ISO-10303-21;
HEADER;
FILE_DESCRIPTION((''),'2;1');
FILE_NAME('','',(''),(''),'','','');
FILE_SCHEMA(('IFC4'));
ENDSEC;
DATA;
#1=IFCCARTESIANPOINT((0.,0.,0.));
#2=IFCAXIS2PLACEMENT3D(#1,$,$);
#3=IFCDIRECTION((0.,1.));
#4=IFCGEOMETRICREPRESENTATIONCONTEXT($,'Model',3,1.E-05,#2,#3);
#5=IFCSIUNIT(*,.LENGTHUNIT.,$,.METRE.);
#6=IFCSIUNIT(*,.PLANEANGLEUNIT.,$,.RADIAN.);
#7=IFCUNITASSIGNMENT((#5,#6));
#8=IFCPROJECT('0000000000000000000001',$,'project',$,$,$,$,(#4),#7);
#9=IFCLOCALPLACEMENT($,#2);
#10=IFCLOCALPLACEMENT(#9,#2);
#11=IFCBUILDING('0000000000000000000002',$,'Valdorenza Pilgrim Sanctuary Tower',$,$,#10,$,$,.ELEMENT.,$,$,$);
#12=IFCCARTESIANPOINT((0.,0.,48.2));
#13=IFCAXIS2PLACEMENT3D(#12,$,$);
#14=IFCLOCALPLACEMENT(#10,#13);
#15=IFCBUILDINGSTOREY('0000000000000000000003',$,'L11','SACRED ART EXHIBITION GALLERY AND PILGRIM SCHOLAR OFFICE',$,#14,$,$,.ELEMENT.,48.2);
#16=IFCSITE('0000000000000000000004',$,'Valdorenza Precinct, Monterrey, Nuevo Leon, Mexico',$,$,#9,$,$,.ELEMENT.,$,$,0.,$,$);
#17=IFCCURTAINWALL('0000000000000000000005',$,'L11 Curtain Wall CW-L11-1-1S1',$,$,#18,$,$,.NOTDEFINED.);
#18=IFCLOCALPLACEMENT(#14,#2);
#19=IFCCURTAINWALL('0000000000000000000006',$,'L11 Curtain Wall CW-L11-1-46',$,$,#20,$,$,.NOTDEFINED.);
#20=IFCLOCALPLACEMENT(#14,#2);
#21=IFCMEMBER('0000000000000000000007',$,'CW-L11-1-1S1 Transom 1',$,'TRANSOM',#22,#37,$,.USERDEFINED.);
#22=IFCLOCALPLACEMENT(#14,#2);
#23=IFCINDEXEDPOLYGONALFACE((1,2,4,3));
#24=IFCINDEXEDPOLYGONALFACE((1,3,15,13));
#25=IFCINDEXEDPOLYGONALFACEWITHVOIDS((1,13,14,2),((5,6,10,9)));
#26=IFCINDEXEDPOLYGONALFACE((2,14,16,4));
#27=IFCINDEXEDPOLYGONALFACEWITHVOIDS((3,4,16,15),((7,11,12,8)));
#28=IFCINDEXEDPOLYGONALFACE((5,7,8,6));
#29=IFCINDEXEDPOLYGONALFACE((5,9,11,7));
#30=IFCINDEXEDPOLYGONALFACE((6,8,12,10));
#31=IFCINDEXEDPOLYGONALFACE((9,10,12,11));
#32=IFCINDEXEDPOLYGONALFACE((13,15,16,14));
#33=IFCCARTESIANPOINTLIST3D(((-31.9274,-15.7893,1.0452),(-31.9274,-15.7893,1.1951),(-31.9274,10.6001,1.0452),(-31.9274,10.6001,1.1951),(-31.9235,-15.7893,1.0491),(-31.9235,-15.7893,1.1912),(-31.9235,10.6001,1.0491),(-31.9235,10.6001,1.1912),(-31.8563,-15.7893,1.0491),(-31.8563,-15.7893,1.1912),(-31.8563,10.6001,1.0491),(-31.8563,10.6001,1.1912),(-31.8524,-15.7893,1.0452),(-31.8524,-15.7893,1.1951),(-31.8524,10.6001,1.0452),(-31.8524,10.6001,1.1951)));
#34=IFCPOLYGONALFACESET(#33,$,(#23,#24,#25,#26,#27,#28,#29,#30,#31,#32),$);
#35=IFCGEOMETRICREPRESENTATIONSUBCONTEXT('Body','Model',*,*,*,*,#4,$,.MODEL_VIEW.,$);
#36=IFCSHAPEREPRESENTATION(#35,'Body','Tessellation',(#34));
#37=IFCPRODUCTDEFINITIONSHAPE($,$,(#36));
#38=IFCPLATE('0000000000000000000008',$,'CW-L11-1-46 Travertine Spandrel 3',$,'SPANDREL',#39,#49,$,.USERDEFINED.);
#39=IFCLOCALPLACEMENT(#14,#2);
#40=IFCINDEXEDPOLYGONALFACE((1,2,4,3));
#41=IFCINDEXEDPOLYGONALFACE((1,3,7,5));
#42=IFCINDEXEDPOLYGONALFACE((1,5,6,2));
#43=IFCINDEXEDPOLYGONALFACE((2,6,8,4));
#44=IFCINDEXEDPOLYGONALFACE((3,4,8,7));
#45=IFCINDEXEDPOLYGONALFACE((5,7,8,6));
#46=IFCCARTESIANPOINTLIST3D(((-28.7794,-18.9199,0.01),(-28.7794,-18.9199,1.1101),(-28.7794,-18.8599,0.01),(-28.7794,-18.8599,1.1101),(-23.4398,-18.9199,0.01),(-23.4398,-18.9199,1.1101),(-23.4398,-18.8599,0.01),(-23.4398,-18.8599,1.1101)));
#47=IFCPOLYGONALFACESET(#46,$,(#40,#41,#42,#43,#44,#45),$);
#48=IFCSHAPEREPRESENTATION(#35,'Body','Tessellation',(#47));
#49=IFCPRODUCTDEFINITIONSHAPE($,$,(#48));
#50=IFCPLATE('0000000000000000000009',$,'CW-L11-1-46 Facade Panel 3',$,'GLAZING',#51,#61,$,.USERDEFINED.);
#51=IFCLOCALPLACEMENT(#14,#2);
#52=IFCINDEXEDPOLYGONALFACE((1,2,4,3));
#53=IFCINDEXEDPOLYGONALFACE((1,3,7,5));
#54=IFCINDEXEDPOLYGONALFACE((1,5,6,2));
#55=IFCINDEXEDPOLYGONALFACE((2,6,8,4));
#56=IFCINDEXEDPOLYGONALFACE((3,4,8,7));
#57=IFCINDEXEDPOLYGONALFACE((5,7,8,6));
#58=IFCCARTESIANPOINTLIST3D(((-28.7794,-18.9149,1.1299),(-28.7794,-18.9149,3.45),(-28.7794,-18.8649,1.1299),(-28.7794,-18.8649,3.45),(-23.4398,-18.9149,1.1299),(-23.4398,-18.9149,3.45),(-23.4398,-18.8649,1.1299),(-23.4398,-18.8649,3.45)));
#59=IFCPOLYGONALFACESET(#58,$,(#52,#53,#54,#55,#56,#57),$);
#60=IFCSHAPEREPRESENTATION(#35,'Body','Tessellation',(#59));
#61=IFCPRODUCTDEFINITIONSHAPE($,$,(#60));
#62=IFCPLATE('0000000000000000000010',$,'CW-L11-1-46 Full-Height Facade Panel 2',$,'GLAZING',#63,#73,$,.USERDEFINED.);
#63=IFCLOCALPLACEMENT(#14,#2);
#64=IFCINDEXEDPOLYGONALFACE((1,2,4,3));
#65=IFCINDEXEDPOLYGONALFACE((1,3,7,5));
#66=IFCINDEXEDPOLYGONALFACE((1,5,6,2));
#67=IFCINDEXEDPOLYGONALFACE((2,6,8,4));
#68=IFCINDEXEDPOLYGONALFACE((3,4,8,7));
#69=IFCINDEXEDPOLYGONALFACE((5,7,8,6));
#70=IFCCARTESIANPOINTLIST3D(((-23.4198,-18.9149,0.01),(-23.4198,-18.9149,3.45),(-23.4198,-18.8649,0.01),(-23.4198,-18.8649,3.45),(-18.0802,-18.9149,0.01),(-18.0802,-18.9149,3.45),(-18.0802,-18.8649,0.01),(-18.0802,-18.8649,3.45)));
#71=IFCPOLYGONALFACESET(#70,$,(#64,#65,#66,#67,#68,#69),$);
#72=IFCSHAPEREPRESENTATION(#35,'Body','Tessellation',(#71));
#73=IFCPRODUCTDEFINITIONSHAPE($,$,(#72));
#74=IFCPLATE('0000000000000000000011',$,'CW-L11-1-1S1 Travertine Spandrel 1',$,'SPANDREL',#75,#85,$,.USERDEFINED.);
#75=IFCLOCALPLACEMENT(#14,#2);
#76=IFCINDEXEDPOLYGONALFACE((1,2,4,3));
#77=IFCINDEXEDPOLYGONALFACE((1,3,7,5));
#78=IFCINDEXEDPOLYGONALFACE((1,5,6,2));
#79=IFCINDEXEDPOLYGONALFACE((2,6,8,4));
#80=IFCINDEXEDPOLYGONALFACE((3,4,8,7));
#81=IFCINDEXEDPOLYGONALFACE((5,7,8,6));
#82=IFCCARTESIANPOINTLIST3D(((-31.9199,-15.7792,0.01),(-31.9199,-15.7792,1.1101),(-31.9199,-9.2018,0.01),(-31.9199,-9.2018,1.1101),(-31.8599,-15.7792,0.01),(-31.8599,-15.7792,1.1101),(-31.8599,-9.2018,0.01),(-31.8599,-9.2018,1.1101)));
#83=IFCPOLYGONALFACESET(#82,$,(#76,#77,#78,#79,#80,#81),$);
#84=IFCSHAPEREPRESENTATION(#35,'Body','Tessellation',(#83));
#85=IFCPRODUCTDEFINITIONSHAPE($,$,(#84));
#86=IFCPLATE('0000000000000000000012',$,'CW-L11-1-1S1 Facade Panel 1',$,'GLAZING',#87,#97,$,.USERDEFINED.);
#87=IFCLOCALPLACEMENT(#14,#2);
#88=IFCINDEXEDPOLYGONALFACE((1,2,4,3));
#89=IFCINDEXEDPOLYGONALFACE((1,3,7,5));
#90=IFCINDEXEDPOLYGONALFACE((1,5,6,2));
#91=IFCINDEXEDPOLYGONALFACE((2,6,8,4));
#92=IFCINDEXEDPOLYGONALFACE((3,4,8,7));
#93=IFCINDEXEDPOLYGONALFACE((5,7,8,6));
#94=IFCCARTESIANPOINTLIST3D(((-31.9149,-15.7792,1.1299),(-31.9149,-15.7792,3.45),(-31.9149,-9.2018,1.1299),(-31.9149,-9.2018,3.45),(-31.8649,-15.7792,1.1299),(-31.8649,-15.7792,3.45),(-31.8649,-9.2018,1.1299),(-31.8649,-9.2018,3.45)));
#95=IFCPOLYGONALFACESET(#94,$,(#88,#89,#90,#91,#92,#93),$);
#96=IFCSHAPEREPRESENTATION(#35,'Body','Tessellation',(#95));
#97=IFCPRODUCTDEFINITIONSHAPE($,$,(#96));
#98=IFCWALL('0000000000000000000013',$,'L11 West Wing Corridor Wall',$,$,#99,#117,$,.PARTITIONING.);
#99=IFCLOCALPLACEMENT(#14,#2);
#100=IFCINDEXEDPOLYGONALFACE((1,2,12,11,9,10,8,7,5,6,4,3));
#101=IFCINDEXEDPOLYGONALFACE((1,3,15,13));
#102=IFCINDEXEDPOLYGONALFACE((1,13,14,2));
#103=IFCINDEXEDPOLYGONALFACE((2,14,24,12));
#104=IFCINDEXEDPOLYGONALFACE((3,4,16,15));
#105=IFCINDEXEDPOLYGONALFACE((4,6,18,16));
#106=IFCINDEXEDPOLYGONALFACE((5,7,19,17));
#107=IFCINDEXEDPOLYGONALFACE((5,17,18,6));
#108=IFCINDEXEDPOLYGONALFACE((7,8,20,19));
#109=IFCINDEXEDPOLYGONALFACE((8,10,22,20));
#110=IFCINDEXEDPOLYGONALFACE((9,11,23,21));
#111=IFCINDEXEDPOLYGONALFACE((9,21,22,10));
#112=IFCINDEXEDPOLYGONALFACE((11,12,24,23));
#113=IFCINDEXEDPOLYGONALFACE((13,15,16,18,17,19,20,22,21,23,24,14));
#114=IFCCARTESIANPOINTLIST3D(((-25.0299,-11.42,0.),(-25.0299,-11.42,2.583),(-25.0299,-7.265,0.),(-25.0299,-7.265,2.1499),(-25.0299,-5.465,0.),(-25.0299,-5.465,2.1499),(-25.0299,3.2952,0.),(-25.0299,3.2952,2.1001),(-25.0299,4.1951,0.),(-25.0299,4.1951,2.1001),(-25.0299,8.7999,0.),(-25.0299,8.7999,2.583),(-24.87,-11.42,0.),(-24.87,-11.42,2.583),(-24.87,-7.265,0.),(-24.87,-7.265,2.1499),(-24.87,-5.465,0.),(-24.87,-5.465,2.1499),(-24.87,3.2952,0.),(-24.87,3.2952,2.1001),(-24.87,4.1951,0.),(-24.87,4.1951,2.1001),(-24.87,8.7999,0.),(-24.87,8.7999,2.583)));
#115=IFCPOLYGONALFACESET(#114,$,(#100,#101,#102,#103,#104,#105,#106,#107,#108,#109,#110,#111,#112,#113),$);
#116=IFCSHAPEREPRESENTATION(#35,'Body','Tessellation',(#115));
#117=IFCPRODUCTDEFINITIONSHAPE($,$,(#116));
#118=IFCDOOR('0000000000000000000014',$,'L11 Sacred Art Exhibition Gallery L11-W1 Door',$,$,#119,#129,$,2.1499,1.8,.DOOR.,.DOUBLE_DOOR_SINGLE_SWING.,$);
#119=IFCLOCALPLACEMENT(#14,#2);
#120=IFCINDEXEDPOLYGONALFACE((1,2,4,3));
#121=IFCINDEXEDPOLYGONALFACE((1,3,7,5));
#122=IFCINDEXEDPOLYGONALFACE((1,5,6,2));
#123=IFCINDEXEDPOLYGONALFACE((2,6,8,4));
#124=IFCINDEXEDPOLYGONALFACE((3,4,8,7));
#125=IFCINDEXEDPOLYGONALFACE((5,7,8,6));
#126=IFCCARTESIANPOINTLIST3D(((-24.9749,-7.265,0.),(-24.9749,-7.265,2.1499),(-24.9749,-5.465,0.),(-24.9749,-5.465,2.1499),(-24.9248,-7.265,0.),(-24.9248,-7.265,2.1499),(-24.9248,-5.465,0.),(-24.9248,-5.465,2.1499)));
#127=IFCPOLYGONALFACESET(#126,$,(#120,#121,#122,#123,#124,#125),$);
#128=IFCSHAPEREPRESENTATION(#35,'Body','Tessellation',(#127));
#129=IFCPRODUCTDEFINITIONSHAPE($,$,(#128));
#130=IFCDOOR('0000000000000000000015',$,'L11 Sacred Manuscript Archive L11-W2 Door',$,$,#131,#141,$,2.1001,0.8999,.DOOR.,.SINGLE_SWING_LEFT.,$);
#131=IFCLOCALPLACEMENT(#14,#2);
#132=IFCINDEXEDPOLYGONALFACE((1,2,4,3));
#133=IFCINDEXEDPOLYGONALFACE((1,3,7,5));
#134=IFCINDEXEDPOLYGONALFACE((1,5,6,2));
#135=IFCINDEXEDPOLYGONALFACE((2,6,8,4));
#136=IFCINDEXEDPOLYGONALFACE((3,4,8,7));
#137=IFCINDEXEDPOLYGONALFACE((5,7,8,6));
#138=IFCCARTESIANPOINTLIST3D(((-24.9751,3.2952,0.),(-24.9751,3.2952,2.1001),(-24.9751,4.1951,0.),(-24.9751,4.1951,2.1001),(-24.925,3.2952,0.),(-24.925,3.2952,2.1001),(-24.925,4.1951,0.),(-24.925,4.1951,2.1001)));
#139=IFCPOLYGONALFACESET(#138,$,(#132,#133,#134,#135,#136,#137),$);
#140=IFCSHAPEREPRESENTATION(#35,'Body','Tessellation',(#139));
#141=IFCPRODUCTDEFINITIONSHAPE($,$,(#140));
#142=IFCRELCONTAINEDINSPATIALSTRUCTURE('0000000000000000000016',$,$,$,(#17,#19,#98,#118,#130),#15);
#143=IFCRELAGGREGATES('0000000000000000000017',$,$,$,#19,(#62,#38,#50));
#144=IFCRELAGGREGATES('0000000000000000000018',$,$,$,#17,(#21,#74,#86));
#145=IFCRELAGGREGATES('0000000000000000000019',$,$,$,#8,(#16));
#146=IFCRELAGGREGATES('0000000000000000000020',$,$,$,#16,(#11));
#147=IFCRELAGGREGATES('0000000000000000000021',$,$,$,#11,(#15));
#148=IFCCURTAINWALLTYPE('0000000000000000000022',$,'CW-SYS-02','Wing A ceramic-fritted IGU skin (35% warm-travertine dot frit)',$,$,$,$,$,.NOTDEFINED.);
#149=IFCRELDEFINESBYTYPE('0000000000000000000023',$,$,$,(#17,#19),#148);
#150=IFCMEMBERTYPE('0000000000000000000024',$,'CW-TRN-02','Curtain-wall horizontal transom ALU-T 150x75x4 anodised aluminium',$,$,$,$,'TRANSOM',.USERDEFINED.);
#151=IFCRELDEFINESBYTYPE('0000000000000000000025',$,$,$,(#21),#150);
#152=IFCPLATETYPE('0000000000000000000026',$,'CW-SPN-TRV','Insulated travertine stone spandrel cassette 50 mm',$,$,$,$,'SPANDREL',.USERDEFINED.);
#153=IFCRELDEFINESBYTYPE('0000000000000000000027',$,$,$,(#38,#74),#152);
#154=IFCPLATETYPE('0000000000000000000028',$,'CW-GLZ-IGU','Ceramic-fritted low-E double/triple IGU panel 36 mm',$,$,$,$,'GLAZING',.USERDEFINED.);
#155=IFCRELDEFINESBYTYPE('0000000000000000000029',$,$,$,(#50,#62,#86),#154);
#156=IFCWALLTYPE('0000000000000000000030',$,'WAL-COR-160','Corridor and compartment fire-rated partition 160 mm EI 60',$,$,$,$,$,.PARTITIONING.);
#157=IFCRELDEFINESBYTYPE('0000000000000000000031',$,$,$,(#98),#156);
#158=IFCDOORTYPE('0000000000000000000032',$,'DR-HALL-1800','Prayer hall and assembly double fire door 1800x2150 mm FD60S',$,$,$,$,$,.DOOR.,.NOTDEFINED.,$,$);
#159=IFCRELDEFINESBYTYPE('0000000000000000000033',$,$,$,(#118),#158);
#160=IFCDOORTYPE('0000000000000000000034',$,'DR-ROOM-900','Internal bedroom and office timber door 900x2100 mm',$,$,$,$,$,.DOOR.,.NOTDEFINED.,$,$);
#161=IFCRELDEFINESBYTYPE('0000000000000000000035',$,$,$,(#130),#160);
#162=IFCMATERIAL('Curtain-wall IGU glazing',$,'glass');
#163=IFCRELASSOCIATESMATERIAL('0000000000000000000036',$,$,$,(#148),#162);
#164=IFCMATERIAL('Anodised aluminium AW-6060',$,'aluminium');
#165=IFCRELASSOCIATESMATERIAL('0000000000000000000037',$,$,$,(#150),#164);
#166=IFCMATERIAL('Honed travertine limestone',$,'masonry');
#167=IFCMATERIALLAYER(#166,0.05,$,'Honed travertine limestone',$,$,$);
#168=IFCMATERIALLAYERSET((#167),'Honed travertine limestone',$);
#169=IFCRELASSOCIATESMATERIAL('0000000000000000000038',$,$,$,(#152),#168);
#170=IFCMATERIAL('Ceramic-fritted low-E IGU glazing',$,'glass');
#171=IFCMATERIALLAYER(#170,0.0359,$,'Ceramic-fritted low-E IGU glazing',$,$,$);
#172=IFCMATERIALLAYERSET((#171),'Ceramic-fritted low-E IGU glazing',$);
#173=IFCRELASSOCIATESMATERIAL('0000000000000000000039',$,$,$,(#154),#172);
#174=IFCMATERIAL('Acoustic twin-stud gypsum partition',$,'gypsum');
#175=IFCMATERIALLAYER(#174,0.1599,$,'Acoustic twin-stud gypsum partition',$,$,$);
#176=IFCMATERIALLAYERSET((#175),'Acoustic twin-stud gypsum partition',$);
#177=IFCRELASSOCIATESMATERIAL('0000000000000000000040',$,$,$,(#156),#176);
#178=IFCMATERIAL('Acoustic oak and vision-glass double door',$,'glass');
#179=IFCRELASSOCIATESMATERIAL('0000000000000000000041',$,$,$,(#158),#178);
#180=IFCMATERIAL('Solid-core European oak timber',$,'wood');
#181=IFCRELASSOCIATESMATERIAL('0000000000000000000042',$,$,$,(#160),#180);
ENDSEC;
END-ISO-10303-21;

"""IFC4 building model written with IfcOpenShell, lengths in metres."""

from ifc_helpers import new_model, si_unit, direction, frame, frame_2d, origin, origin_2d, place, context, subcontext, project, spatial, rectangle, hollow_rectangle, extrude, source, transform, mapped, material, layer, layer_set, material_profile, profile_set, type_object, element, fill, aggregate, save


model = new_model("IFC4")

# Units and contexts
model_context = context("Model", 3, precision=1e-05, world=origin(), true_north=direction((0.0, 1.0)))
body_context = subcontext(model_context, "Body", "Model", "MODEL_VIEW")
ifc_project = project(units=[si_unit("LENGTHUNIT", "METRE"), si_unit("PLANEANGLEUNIT", "RADIAN")], contexts=[model_context])

# Site, building, storey
site_placement = place(None, origin())
site = spatial("IfcSite", under=ifc_project, at=site_placement, Name="Valdorenza Precinct, Monterrey, Nuevo Leon, Mexico", CompositionType="ELEMENT", RefElevation=0.0)
building_placement = place(site_placement, origin())
building = spatial("IfcBuilding", under=site, at=building_placement, Name="Valdorenza Pilgrim Sanctuary Tower", CompositionType="ELEMENT")
storey_placement = place(building_placement, frame((0.0, 0.0, 48.2)))
storey = spatial("IfcBuildingStorey", under=building, at=storey_placement, Name="L11", Description="SACRED ART EXHIBITION GALLERY AND PILGRIM SCHOLAR OFFICE", CompositionType="ELEMENT", Elevation=48.2)

# Curtain wall
ifc_material_1 = material(Name="Curtain-wall IGU glazing", Category="glass")
curtain_wall_type = type_object("IfcCurtainWallType", Name="CW-SYS-02", Description="Wing A ceramic-fritted IGU skin (35% warm-travertine dot frit)", PredefinedType="NOTDEFINED", material=ifc_material_1)
curtain_wall_1_placement = place(storey_placement, origin())
curtain_wall_1 = element("IfcCurtainWall", 1, at=curtain_wall_1_placement, inside=storey, type_object=curtain_wall_type, Name="L11 Curtain Wall CW-L11-1-1S1", PredefinedType="NOTDEFINED")
ifc_material_2 = material(Name="Anodised aluminium AW-6060", Category="aluminium")

# Curtain wall
curtain_wall_2_placement = place(storey_placement, origin())
curtain_wall_2 = element("IfcCurtainWall", 2, at=curtain_wall_2_placement, inside=storey, type_object=curtain_wall_type, Name="L11 Curtain Wall CW-L11-1-46", PredefinedType="NOTDEFINED")

# Member
ifc_material_profile_1 = material_profile(ifc_material_2, hollow_rectangle(XDim=0.075, YDim=0.1499, WallThickness=0.0039, at=origin_2d()), Name="ALU-T 150x75x4")
ifc_profile_set_1 = profile_set([ifc_material_profile_1], Name="Anodised aluminium AW-6060")
member_type_1 = type_object("IfcMemberType", Name="CW-TRN-02", Description="Curtain-wall horizontal transom ALU-T 150x75x4 anodised aluminium", ElementType="TRANSOM", PredefinedType="USERDEFINED", material=ifc_profile_set_1)
shared_shape_1 = source(origin(), body_context, "Body", "SweptSolid", [
    extrude(hollow_rectangle(XDim=0.075, YDim=0.1499, WallThickness=0.0039, at=origin_2d()), origin(), (0.0, 0.0, 1.0), 26.3894),
])
member_1_placement = place(storey_placement, frame((-31.8899, -15.7893, 1.1201), z_axis=(0.0, 1.0, 0.0), x_axis=(-1.0, 0.0, 0.0)))
member_1 = element("IfcMember", 3, at=member_1_placement, type_object=member_type_1, Name="CW-L11-1-1S1 Transom 1", ObjectType="TRANSOM", PredefinedType="USERDEFINED", context=body_context, shape_type="MappedRepresentation", body=[
    mapped(shared_shape_1, transform((0.0, 0.0, 0.0), x_axis=(1.0, 0.0, 0.0), y_axis=(0.0, 1.0, 0.0), z_axis=(0.0, 0.0, 1.0), scale=1.0)),
])

# Plates
ifc_material_3 = material(Name="Honed travertine limestone", Category="masonry")
ifc_layer_1 = layer(ifc_material_3, 0.05, Name="Honed travertine limestone")
ifc_layer_set_1 = layer_set([ifc_layer_1], Name="Honed travertine limestone")
plate_type_1 = type_object("IfcPlateType", Name="CW-SPN-TRV", Description="Insulated travertine stone spandrel cassette 50 mm", ElementType="SPANDREL", PredefinedType="USERDEFINED", material=ifc_layer_set_1)
shared_shape_2 = source(origin(), body_context, "Body", "SweptSolid", [
    extrude(rectangle(XDim=5.3396, YDim=0.0601, at=origin_2d()), origin(), (0.0, 0.0, 1.0), 1.1001),
])
plate_1_placement = place(storey_placement, frame((-26.1096, -18.8899, 0.01), z_axis=(0.0, 0.0, 1.0), x_axis=(-1.0, 0.0, 0.0)))
plate_1 = element("IfcPlate", 4, at=plate_1_placement, type_object=plate_type_1, Name="CW-L11-1-46 Travertine Spandrel 3", ObjectType="SPANDREL", PredefinedType="USERDEFINED", context=body_context, shape_type="MappedRepresentation", body=[
    mapped(shared_shape_2, transform((0.0, 0.0, 0.0), x_axis=(1.0, 0.0, 0.0), y_axis=(0.0, 1.0, 0.0), z_axis=(0.0, 0.0, 1.0), scale=1.0)),
])
ifc_material_4 = material(Name="Ceramic-fritted low-E IGU glazing", Category="glass")
ifc_layer_2 = layer(ifc_material_4, 0.0359, Name="Ceramic-fritted low-E IGU glazing")
ifc_layer_set_2 = layer_set([ifc_layer_2], Name="Ceramic-fritted low-E IGU glazing")
plate_type_2 = type_object("IfcPlateType", Name="CW-GLZ-IGU", Description="Ceramic-fritted low-E double/triple IGU panel 36 mm", ElementType="GLAZING", PredefinedType="USERDEFINED", material=ifc_layer_set_2)
shared_shape_3 = source(origin(), body_context, "Body", "SweptSolid", [
    extrude(rectangle(XDim=5.3396, YDim=0.05, at=origin_2d()), origin(), (0.0, 0.0, 1.0), 2.3201),
])
plate_2_placement = place(storey_placement, frame((-26.1096, -18.8899, 1.1299), z_axis=(0.0, 0.0, 1.0), x_axis=(-1.0, 0.0, 0.0)))
plate_2 = element("IfcPlate", 5, at=plate_2_placement, type_object=plate_type_2, Name="CW-L11-1-46 Facade Panel 3", ObjectType="GLAZING", PredefinedType="USERDEFINED", context=body_context, shape_type="MappedRepresentation", body=[
    mapped(shared_shape_3, transform((0.0, 0.0, 0.0), x_axis=(1.0, 0.0, 0.0), y_axis=(0.0, 1.0, 0.0), z_axis=(0.0, 0.0, 1.0), scale=1.0)),
])
shared_shape_4 = source(origin(), body_context, "Body", "SweptSolid", [
    extrude(rectangle(XDim=5.3396, YDim=0.05, at=origin_2d()), origin(), (0.0, 0.0, 1.0), 3.4399),
])
plate_3_placement = place(storey_placement, frame((-20.75, -18.8899, 0.01), z_axis=(0.0, 0.0, 1.0), x_axis=(-1.0, 0.0, 0.0)))
plate_3 = element("IfcPlate", 6, at=plate_3_placement, type_object=plate_type_2, Name="CW-L11-1-46 Full-Height Facade Panel 2", ObjectType="GLAZING", PredefinedType="USERDEFINED", context=body_context, shape_type="MappedRepresentation", body=[
    mapped(shared_shape_4, transform((0.0, 0.0, 0.0), x_axis=(1.0, 0.0, 0.0), y_axis=(0.0, 1.0, 0.0), z_axis=(0.0, 0.0, 1.0), scale=1.0)),
])
aggregate(curtain_wall_2, [plate_3, plate_1, plate_2])
shared_shape_5 = source(origin(), body_context, "Body", "SweptSolid", [
    extrude(rectangle(XDim=6.5774, YDim=0.0601, at=origin_2d()), origin(), (0.0, 0.0, 1.0), 1.1001),
])
plate_4_placement = place(storey_placement, frame((-31.8899, -12.4905, 0.01), z_axis=(0.0, 0.0, 1.0), x_axis=(0.0, 1.0, 0.0)))
plate_4 = element("IfcPlate", 7, at=plate_4_placement, type_object=plate_type_1, Name="CW-L11-1-1S1 Travertine Spandrel 1", ObjectType="SPANDREL", PredefinedType="USERDEFINED", context=body_context, shape_type="MappedRepresentation", body=[
    mapped(shared_shape_5, transform((0.0, 0.0, 0.0), x_axis=(1.0, 0.0, 0.0), y_axis=(0.0, 1.0, 0.0), z_axis=(0.0, 0.0, 1.0), scale=1.0)),
])
shared_shape_6 = source(origin(), body_context, "Body", "SweptSolid", [
    extrude(rectangle(XDim=6.5774, YDim=0.05, at=origin_2d()), origin(), (0.0, 0.0, 1.0), 2.3201),
])
plate_5_placement = place(storey_placement, frame((-31.8899, -12.4905, 1.1299), z_axis=(0.0, 0.0, 1.0), x_axis=(0.0, 1.0, 0.0)))
plate_5 = element("IfcPlate", 8, at=plate_5_placement, type_object=plate_type_2, Name="CW-L11-1-1S1 Facade Panel 1", ObjectType="GLAZING", PredefinedType="USERDEFINED", context=body_context, shape_type="MappedRepresentation", body=[
    mapped(shared_shape_6, transform((0.0, 0.0, 0.0), x_axis=(1.0, 0.0, 0.0), y_axis=(0.0, 1.0, 0.0), z_axis=(0.0, 0.0, 1.0), scale=1.0)),
])
aggregate(curtain_wall_1, [member_1, plate_4, plate_5])

# Wall, openings, doors
ifc_material_5 = material(Name="Acoustic twin-stud gypsum partition", Category="gypsum")
ifc_layer_3 = layer(ifc_material_5, 0.1599, Name="Acoustic twin-stud gypsum partition")
ifc_layer_set_3 = layer_set([ifc_layer_3], Name="Acoustic twin-stud gypsum partition")
wall_type_1 = type_object("IfcWallType", Name="WAL-COR-160", Description="Corridor and compartment fire-rated partition 160 mm EI 60", PredefinedType="PARTITIONING", material=ifc_layer_set_3)
wall_1_placement = place(storey_placement, frame((-24.95, -11.4199, 0.0), z_axis=(0.0, 0.0, 1.0), x_axis=(0.0, 1.0, 0.0)))
wall_1 = element("IfcWall", 9, at=wall_1_placement, inside=storey, type_object=wall_type_1, Name="L11 West Wing Corridor Wall", PredefinedType="PARTITIONING", context=body_context, shape_type="SweptSolid", body=[
    extrude(rectangle(XDim=20.22, YDim=0.1599, at=frame_2d((10.1099, 0.0))), origin(), (0.0, 0.0, 1.0), 2.583),
])
opening_1_placement = place(wall_1_placement, frame((4.155, 0.0, 0.0)))
opening_1 = element("IfcOpeningElement", 10, at=opening_1_placement, cuts=wall_1, PredefinedType="OPENING", context=body_context, shape_type="SweptSolid", body=[
    extrude(rectangle(XDim=1.8, YDim=2.1499, at=frame_2d((0.8999, 1.075))), frame((0.0, 0.0947, 0.0), z_axis=(0.0, -1.0, 0.0), x_axis=(1.0, 0.0, 0.0)), (0.0, 0.0, 1.0), 0.1897),
])
opening_2_placement = place(wall_1_placement, frame((14.7151, 0.0, 0.0)))
opening_2 = element("IfcOpeningElement", 11, at=opening_2_placement, cuts=wall_1, PredefinedType="OPENING", context=body_context, shape_type="SweptSolid", body=[
    extrude(rectangle(XDim=0.8999, YDim=2.1001, at=frame_2d((0.45, 1.05))), frame((0.0, 0.0947, 0.0), z_axis=(0.0, -1.0, 0.0), x_axis=(1.0, 0.0, 0.0)), (0.0, 0.0, 1.0), 0.1897),
])
ifc_material_6 = material(Name="Acoustic oak and vision-glass double door", Category="glass")
door_type_1 = type_object("IfcDoorType", Name="DR-HALL-1800", Description="Prayer hall and assembly double fire door 1800x2150 mm FD60S", OperationType="NOTDEFINED", PredefinedType="DOOR", material=ifc_material_6)
door_1_placement = place(opening_1_placement, origin())
door_1 = element("IfcDoor", 12, at=door_1_placement, inside=storey, type_object=door_type_1, Name="L11 Sacred Art Exhibition Gallery L11-W1 Door", OperationType="DOUBLE_DOOR_SINGLE_SWING", OverallHeight=2.1499, OverallWidth=1.8, PredefinedType="DOOR", context=body_context, shape_type="SweptSolid", body=[
    extrude(rectangle(XDim=1.8, YDim=2.1499, at=frame_2d((0.8999, 1.075))), frame((0.0, 0.0249, 0.0), z_axis=(0.0, -1.0, 0.0), x_axis=(1.0, 0.0, 0.0)), (0.0, 0.0, 1.0), 0.05),
])
fill(opening_1, door_1)
ifc_material_7 = material(Name="Solid-core European oak timber", Category="wood")
door_type_2 = type_object("IfcDoorType", Name="DR-ROOM-900", Description="Internal bedroom and office timber door 900x2100 mm", OperationType="NOTDEFINED", PredefinedType="DOOR", material=ifc_material_7)
door_2_placement = place(opening_2_placement, frame((0.8999, 0.0, 0.0), z_axis=(0.0, 0.0, 1.0), x_axis=(-1.0, 0.0, 0.0)))
door_2 = element("IfcDoor", 13, at=door_2_placement, inside=storey, type_object=door_type_2, Name="L11 Sacred Manuscript Archive L11-W2 Door", OperationType="SINGLE_SWING_LEFT", OverallHeight=2.1001, OverallWidth=0.8999, PredefinedType="DOOR", context=body_context, shape_type="SweptSolid", body=[
    extrude(rectangle(XDim=0.8999, YDim=2.1001, at=frame_2d((0.45, 1.05))), frame((0.0, 0.0249, 0.0), z_axis=(0.0, -1.0, 0.0), x_axis=(1.0, 0.0, 0.0)), (0.0, 0.0, 1.0), 0.05),
])
fill(opening_2, door_2)

save(model, "model.ifc")
